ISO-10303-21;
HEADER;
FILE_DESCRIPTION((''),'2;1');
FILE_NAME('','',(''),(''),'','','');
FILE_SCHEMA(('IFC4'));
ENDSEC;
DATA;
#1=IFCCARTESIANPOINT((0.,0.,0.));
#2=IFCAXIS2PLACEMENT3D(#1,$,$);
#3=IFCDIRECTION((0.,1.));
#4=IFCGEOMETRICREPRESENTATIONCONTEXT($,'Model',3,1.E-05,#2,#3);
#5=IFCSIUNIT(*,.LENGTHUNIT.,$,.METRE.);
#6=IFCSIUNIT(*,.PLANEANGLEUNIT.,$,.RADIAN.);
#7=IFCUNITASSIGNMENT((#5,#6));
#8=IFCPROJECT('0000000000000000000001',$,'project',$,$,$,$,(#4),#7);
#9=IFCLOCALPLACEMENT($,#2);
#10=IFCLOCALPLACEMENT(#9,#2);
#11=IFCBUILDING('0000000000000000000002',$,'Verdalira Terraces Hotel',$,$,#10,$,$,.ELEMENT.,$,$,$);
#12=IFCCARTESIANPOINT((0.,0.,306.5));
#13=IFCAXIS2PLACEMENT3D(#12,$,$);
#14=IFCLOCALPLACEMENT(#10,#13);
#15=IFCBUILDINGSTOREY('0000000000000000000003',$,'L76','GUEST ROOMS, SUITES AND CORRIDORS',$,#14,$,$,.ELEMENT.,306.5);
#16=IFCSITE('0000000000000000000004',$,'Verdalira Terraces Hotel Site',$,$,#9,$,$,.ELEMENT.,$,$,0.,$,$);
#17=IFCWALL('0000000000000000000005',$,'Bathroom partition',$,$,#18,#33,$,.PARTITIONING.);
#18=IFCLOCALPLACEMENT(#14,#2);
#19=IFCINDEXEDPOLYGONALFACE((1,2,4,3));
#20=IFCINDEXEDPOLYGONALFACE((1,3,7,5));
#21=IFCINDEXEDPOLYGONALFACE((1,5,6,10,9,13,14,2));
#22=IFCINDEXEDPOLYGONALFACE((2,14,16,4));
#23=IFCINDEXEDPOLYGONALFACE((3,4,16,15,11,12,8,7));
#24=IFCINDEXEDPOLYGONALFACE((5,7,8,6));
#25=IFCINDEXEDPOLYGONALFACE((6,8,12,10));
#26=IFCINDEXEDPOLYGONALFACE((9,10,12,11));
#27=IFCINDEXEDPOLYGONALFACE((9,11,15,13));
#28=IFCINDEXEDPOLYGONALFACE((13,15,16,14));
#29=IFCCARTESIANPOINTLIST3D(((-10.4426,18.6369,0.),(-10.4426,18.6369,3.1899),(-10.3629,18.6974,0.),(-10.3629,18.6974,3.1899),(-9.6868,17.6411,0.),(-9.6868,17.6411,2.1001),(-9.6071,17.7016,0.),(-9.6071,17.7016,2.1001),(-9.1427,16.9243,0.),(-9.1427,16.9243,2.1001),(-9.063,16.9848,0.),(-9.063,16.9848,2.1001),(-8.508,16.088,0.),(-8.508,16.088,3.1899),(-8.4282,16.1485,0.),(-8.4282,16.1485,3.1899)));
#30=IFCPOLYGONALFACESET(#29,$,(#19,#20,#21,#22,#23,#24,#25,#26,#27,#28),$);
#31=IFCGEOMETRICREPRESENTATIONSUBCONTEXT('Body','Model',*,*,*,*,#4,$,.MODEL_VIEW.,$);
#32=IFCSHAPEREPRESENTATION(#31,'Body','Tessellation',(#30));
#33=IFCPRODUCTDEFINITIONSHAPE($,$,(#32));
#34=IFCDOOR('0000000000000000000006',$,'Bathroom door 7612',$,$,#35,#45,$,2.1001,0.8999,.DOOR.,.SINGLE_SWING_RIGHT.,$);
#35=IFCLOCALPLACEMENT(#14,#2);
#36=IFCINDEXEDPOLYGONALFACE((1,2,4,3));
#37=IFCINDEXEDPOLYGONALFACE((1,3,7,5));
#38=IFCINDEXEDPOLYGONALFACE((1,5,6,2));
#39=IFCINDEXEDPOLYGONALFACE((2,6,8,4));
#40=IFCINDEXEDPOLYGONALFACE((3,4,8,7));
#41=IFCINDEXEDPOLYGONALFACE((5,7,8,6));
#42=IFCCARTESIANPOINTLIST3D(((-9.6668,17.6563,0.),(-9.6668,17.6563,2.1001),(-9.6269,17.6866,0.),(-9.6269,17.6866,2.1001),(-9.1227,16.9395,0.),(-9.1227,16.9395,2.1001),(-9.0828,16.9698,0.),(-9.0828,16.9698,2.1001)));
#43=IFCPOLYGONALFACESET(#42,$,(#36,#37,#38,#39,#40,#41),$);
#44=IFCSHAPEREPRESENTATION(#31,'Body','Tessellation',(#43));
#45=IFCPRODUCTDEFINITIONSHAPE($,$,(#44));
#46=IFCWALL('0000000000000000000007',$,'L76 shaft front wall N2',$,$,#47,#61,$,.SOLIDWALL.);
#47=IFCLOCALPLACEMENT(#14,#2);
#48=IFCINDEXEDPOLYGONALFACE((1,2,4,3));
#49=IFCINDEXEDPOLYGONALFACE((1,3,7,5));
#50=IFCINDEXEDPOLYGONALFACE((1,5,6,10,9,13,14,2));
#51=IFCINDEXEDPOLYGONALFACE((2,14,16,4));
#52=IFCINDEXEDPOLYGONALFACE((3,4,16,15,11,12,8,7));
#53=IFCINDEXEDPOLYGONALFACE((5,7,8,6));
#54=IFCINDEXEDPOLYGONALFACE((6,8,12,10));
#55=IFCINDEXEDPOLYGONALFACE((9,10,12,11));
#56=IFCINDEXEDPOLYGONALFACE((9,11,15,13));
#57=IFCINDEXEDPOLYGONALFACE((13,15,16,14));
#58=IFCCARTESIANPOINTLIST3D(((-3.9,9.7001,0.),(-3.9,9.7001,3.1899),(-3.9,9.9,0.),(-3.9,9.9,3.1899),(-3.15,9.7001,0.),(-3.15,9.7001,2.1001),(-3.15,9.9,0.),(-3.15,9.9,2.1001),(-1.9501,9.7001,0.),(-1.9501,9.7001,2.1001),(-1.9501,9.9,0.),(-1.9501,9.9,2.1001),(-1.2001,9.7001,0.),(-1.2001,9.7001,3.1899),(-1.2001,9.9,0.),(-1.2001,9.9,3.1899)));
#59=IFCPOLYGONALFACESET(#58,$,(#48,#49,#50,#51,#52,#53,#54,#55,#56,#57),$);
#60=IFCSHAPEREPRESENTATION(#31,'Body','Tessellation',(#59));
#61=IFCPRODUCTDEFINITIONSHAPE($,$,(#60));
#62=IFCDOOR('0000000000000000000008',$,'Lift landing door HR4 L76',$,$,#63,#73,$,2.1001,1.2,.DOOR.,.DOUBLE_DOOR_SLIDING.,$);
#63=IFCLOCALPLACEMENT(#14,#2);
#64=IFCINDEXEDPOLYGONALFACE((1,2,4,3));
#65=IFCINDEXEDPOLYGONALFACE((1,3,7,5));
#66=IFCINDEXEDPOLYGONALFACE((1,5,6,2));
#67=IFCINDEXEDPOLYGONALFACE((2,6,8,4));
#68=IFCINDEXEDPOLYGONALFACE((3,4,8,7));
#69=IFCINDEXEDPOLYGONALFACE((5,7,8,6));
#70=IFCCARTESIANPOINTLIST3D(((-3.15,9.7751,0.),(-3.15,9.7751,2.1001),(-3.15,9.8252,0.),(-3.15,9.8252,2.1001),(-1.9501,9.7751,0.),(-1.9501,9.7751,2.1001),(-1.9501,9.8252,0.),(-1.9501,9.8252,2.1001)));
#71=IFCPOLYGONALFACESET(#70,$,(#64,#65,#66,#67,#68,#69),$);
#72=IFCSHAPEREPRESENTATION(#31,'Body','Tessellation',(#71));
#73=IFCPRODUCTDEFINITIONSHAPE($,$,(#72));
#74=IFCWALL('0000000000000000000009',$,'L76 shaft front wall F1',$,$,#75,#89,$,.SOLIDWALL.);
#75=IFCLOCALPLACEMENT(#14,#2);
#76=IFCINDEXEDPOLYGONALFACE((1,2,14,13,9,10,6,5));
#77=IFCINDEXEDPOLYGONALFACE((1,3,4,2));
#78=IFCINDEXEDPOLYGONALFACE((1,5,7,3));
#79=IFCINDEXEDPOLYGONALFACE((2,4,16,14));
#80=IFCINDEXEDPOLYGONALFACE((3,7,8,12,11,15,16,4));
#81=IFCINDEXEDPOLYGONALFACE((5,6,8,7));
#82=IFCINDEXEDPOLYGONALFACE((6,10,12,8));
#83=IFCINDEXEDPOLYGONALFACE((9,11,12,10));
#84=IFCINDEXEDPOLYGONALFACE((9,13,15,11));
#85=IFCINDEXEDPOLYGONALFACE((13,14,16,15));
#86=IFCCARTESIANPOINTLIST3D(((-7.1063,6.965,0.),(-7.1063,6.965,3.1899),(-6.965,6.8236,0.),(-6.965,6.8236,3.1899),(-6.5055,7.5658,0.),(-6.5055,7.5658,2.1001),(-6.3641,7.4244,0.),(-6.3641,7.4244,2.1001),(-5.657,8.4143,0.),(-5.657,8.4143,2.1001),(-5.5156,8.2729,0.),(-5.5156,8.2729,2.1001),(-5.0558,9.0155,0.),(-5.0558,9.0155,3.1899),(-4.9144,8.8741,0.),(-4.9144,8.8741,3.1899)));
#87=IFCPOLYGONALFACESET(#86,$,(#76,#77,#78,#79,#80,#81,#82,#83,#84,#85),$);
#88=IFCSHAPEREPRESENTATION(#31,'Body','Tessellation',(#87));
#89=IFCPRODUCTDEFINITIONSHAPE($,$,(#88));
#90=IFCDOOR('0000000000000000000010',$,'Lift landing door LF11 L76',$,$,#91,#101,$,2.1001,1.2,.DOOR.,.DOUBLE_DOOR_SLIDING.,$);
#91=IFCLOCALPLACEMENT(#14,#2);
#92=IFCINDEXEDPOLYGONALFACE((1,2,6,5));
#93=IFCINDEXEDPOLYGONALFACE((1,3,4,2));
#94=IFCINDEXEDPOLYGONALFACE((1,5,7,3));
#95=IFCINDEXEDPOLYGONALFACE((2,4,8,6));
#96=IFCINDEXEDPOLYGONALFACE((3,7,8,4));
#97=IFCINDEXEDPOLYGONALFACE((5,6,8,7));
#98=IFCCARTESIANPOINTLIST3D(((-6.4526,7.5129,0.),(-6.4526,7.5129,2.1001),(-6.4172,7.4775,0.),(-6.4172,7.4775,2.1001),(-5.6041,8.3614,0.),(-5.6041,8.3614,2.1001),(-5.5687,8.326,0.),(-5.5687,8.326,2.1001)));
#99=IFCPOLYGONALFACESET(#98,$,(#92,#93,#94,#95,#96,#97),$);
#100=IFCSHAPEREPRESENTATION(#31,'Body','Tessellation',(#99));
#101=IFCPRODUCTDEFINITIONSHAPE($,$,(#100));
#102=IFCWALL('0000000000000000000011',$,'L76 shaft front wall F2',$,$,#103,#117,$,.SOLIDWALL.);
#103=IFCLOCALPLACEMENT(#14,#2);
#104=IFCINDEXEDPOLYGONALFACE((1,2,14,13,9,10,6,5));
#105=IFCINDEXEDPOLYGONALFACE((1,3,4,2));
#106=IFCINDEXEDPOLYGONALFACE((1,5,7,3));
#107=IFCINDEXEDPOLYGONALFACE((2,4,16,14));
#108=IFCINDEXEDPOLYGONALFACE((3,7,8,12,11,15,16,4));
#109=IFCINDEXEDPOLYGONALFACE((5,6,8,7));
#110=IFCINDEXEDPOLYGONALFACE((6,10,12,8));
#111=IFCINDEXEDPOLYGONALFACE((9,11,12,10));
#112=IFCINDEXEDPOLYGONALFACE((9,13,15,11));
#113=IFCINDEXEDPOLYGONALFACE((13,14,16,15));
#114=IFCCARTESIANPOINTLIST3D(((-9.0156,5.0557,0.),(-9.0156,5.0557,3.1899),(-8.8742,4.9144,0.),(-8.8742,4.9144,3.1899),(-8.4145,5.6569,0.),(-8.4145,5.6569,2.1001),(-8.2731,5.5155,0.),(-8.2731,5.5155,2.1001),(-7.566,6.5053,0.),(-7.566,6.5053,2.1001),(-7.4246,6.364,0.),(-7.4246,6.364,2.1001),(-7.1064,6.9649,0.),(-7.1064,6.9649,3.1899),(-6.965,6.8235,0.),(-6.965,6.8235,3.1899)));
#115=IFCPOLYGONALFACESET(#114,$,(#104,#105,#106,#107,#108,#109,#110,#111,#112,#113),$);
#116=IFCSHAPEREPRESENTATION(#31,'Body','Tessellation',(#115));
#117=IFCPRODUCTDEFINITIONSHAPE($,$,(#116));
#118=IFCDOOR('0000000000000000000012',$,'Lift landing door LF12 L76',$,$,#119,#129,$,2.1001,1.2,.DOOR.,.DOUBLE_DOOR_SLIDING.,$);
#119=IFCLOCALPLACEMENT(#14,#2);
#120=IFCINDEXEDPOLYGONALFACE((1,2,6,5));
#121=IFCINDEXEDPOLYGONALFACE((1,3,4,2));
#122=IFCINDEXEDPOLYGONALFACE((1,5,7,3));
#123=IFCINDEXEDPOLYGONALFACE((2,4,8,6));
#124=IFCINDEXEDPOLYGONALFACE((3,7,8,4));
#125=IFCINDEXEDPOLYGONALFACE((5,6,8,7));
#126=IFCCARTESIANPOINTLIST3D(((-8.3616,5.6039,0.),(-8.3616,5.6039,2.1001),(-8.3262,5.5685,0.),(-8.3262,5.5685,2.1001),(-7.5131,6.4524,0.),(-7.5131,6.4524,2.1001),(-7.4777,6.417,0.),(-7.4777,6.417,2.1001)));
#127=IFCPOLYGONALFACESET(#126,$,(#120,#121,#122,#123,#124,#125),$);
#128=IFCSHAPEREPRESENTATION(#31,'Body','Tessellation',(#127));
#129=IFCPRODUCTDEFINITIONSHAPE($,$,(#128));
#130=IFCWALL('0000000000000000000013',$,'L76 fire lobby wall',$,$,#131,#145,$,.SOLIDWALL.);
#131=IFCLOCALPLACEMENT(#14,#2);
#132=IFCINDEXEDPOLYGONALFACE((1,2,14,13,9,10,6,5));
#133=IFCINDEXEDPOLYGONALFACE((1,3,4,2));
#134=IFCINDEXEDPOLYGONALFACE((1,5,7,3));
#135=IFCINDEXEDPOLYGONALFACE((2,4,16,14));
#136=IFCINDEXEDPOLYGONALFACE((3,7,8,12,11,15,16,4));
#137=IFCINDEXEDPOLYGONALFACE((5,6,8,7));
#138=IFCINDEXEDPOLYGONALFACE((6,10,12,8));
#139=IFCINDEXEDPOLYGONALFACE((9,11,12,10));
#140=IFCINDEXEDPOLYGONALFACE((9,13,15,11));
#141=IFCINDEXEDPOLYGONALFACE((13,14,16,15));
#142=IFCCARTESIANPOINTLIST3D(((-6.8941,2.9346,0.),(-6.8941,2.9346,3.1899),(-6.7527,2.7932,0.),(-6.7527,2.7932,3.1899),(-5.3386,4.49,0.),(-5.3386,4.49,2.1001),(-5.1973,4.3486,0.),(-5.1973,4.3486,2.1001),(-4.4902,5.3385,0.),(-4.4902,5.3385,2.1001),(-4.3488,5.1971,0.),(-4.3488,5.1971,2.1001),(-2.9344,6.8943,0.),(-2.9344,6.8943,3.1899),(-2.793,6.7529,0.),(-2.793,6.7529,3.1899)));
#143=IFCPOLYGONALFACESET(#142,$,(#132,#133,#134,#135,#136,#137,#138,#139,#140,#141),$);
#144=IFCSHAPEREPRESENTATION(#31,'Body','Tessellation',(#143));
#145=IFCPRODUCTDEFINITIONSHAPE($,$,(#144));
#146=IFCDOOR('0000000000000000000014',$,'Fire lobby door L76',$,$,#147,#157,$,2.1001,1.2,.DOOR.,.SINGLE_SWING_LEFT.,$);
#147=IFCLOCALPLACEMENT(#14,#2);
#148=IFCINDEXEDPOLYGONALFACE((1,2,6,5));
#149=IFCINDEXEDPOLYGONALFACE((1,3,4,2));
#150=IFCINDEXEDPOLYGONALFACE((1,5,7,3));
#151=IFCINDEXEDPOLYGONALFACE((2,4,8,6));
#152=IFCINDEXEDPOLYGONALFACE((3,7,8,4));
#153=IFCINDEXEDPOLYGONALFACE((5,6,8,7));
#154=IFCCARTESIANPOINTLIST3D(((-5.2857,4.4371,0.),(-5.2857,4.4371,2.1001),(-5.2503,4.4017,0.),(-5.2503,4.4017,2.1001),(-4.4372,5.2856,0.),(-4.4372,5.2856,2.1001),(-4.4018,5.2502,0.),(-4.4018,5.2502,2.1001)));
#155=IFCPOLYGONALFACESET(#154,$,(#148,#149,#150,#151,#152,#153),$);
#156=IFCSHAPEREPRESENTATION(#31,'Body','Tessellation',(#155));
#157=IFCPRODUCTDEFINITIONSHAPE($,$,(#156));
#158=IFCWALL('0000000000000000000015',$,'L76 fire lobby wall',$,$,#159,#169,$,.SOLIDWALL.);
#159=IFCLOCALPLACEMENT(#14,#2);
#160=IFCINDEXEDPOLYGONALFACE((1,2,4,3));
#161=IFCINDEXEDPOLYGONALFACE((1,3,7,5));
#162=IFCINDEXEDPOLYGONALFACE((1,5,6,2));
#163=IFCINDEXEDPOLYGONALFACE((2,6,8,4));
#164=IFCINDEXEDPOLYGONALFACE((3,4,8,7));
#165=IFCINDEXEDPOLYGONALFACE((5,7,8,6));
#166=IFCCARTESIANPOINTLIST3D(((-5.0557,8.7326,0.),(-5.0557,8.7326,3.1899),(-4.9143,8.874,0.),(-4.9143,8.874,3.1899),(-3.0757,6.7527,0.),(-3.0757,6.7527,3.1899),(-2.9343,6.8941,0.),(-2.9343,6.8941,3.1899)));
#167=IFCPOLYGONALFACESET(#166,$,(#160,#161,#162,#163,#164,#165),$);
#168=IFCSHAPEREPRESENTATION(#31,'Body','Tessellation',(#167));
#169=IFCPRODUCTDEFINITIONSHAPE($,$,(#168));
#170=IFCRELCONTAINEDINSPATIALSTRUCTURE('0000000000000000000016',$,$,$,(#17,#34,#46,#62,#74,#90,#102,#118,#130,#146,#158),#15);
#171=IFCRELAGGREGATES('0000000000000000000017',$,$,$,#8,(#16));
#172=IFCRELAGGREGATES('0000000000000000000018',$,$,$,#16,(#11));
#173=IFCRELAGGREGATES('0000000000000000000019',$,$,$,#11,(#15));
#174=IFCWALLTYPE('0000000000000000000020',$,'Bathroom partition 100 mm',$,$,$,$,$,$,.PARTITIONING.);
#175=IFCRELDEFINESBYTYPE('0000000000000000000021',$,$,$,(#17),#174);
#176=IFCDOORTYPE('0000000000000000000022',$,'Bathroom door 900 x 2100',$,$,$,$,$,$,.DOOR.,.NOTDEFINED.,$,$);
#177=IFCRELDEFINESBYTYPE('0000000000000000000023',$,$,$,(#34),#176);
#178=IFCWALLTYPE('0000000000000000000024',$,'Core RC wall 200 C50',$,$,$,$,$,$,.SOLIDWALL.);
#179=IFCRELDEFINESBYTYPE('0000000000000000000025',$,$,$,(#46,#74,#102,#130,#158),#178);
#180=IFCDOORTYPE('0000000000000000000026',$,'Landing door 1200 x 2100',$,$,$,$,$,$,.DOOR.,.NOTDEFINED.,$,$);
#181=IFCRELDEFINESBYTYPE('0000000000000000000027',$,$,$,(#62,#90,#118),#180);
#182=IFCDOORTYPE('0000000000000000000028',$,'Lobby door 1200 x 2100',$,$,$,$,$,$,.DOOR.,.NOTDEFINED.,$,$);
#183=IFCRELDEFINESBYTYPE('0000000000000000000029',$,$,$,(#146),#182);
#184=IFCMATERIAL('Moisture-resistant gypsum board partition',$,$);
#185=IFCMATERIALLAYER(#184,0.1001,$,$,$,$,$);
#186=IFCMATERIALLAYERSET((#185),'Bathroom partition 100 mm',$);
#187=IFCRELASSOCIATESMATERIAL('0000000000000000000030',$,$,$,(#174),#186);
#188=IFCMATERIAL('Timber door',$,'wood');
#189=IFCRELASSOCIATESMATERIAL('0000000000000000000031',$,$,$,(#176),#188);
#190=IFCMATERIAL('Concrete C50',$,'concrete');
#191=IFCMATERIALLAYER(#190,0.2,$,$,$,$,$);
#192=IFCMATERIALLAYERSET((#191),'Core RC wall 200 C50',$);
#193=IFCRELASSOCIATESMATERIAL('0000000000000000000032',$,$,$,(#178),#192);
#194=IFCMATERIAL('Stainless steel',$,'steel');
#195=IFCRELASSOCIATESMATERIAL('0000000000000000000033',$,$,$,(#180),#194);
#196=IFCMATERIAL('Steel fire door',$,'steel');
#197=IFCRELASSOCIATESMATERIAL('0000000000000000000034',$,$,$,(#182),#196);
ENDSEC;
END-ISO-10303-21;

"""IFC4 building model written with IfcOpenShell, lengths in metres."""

from ifc_helpers import new_model, si_unit, direction, frame, frame_2d, origin, place, context, subcontext, project, spatial, rectangle, extrude, material, layer, layer_set, type_object, element, fill, save


model = new_model("IFC4")

# Units and contexts
model_context = context("Model", 3, precision=1e-05, world=origin(), true_north=direction((0.0, 1.0)))
body_context = subcontext(model_context, "Body", "Model", "MODEL_VIEW")
ifc_project = project(units=[si_unit("LENGTHUNIT", "METRE"), si_unit("PLANEANGLEUNIT", "RADIAN")], contexts=[model_context])

# Site, building, storey
site_placement = place(None, origin())
site = spatial("IfcSite", under=ifc_project, at=site_placement, Name="Verdalira Terraces Hotel Site", CompositionType="ELEMENT", RefElevation=0.0)
building_placement = place(site_placement, origin())
building = spatial("IfcBuilding", under=site, at=building_placement, Name="Verdalira Terraces Hotel", CompositionType="ELEMENT")
storey_placement = place(building_placement, frame((0.0, 0.0, 306.5)))
storey = spatial("IfcBuildingStorey", under=building, at=storey_placement, Name="L76", Description="GUEST ROOMS, SUITES AND CORRIDORS", CompositionType="ELEMENT", Elevation=306.5)

# Walls, openings, doors
ifc_material_1 = material(Name="Moisture-resistant gypsum board partition")
ifc_layer_1 = layer(ifc_material_1, 0.1001)
ifc_layer_set_1 = layer_set([ifc_layer_1], Name="Bathroom partition 100 mm")
wall_type_1 = type_object("IfcWallType", Name="Bathroom partition 100 mm", PredefinedType="PARTITIONING", material=ifc_layer_set_1)
wall_1_placement = place(storey_placement, frame((-8.468, 16.1182, 0.0), z_axis=(0.0, 0.0, 1.0), x_axis=(-0.60458, 0.796544, 0.0)))
wall_1 = element("IfcWall", 1, at=wall_1_placement, inside=storey, type_object=wall_type_1, Name="Bathroom partition", PredefinedType="PARTITIONING", context=body_context, shape_type="SweptSolid", body=[
    extrude(rectangle(XDim=3.2, YDim=0.1001, at=frame_2d((1.6001, 0.0))), origin(), (0.0, 0.0, 1.0), 3.1899),
])
opening_1_placement = place(wall_1_placement, frame((1.05, 0.0, 0.0)))
opening_1 = element("IfcOpeningElement", 2, at=opening_1_placement, cuts=wall_1, PredefinedType="OPENING", context=body_context, shape_type="SweptSolid", body=[
    extrude(rectangle(XDim=0.8999, YDim=2.1001, at=frame_2d((0.45, 1.05))), frame((0.0, 0.0601, 0.0), z_axis=(0.0, -1.0, 0.0), x_axis=(1.0, 0.0, 0.0)), (0.0, 0.0, 1.0), 0.1201),
])
ifc_material_2 = material(Name="Timber door", Category="wood")
door_type_1 = type_object("IfcDoorType", Name="Bathroom door 900 x 2100", OperationType="NOTDEFINED", PredefinedType="DOOR", material=ifc_material_2)
door_1_placement = place(opening_1_placement, origin())
door_1 = element("IfcDoor", 3, at=door_1_placement, inside=storey, type_object=door_type_1, Name="Bathroom door 7612", OperationType="SINGLE_SWING_RIGHT", OverallHeight=2.1001, OverallWidth=0.8999, PredefinedType="DOOR", context=body_context, shape_type="SweptSolid", body=[
    extrude(rectangle(XDim=0.8999, YDim=2.1001, at=frame_2d((0.45, 1.05))), frame((0.0, 0.0249, 0.0), z_axis=(0.0, -1.0, 0.0), x_axis=(1.0, 0.0, 0.0)), (0.0, 0.0, 1.0), 0.05),
])
fill(opening_1, door_1)
ifc_material_3 = material(Name="Concrete C50", Category="concrete")
ifc_layer_2 = layer(ifc_material_3, 0.2)
ifc_layer_set_2 = layer_set([ifc_layer_2], Name="Core RC wall 200 C50")
wall_type_2 = type_object("IfcWallType", Name="Core RC wall 200 C50", PredefinedType="SOLIDWALL", material=ifc_layer_set_2)
wall_2_placement = place(storey_placement, frame((-1.2, 9.8, 0.0), z_axis=(0.0, 0.0, 1.0), x_axis=(-1.0, 0.0, 0.0)))
wall_2 = element("IfcWall", 4, at=wall_2_placement, inside=storey, type_object=wall_type_2, Name="L76 shaft front wall N2", PredefinedType="SOLIDWALL", context=body_context, shape_type="SweptSolid", body=[
    extrude(rectangle(XDim=2.7, YDim=0.2, at=frame_2d((1.3501, 0.0))), origin(), (0.0, 0.0, 1.0), 3.1899),
])
opening_2_placement = place(wall_2_placement, frame((0.75, 0.0, 0.0)))
opening_2 = element("IfcOpeningElement", 5, at=opening_2_placement, cuts=wall_2, PredefinedType="OPENING", context=body_context, shape_type="SweptSolid", body=[
    extrude(rectangle(XDim=1.2, YDim=2.1001, at=frame_2d((0.6001, 1.05))), frame((0.0, 0.1099, 0.0), z_axis=(0.0, -1.0, 0.0), x_axis=(1.0, 0.0, 0.0)), (0.0, 0.0, 1.0), 0.22),
])
ifc_material_4 = material(Name="Stainless steel", Category="steel")
door_type_2 = type_object("IfcDoorType", Name="Landing door 1200 x 2100", OperationType="NOTDEFINED", PredefinedType="DOOR", material=ifc_material_4)
door_2_placement = place(opening_2_placement, origin())
door_2 = element("IfcDoor", 6, at=door_2_placement, inside=storey, type_object=door_type_2, Name="Lift landing door HR4 L76", OperationType="DOUBLE_DOOR_SLIDING", OverallHeight=2.1001, OverallWidth=1.2, PredefinedType="DOOR", context=body_context, shape_type="SweptSolid", body=[
    extrude(rectangle(XDim=1.2, YDim=2.1001, at=frame_2d((0.6001, 1.05))), frame((0.0, 0.0249, 0.0), z_axis=(0.0, -1.0, 0.0), x_axis=(1.0, 0.0, 0.0)), (0.0, 0.0, 1.0), 0.05),
])
fill(opening_2, door_2)
wall_3_placement = place(storey_placement, frame((-4.9851, 8.9448, 0.0), z_axis=(0.0, 0.0, 1.0), x_axis=(-0.707107, -0.707107, 0.0)))
wall_3 = element("IfcWall", 7, at=wall_3_placement, inside=storey, type_object=wall_type_2, Name="L76 shaft front wall F1", PredefinedType="SOLIDWALL", context=body_context, shape_type="SweptSolid", body=[
    extrude(rectangle(XDim=2.8999, YDim=0.2, at=frame_2d((1.45, 0.0))), origin(), (0.0, 0.0, 1.0), 3.1899),
])
opening_3_placement = place(wall_3_placement, frame((0.8501, 0.0, 0.0)))
opening_3 = element("IfcOpeningElement", 8, at=opening_3_placement, cuts=wall_3, PredefinedType="OPENING", context=body_context, shape_type="SweptSolid", body=[
    extrude(rectangle(XDim=1.2, YDim=2.1001, at=frame_2d((0.6001, 1.05))), frame((0.0, 0.1099, 0.0), z_axis=(0.0, -1.0, 0.0), x_axis=(1.0, 0.0, 0.0)), (0.0, 0.0, 1.0), 0.22),
])
door_3_placement = place(opening_3_placement, origin())
door_3 = element("IfcDoor", 9, at=door_3_placement, inside=storey, type_object=door_type_2, Name="Lift landing door LF11 L76", OperationType="DOUBLE_DOOR_SLIDING", OverallHeight=2.1001, OverallWidth=1.2, PredefinedType="DOOR", context=body_context, shape_type="SweptSolid", body=[
    extrude(rectangle(XDim=1.2, YDim=2.1001, at=frame_2d((0.6001, 1.05))), frame((0.0, 0.0249, 0.0), z_axis=(0.0, -1.0, 0.0), x_axis=(1.0, 0.0, 0.0)), (0.0, 0.0, 1.0), 0.05),
])
fill(opening_3, door_3)
wall_4_placement = place(storey_placement, frame((-7.0356, 6.8943, 0.0), z_axis=(0.0, 0.0, 1.0), x_axis=(-0.707107, -0.707107, 0.0)))
wall_4 = element("IfcWall", 10, at=wall_4_placement, inside=storey, type_object=wall_type_2, Name="L76 shaft front wall F2", PredefinedType="SOLIDWALL", context=body_context, shape_type="SweptSolid", body=[
    extrude(rectangle(XDim=2.7, YDim=0.2, at=frame_2d((1.3501, 0.0))), origin(), (0.0, 0.0, 1.0), 3.1899),
])
opening_4_placement = place(wall_4_placement, frame((0.6499, 0.0, 0.0)))
opening_4 = element("IfcOpeningElement", 11, at=opening_4_placement, cuts=wall_4, PredefinedType="OPENING", context=body_context, shape_type="SweptSolid", body=[
    extrude(rectangle(XDim=1.2, YDim=2.1001, at=frame_2d((0.6001, 1.05))), frame((0.0, 0.1099, 0.0), z_axis=(0.0, -1.0, 0.0), x_axis=(1.0, 0.0, 0.0)), (0.0, 0.0, 1.0), 0.22),
])
door_4_placement = place(opening_4_placement, origin())
door_4 = element("IfcDoor", 12, at=door_4_placement, inside=storey, type_object=door_type_2, Name="Lift landing door LF12 L76", OperationType="DOUBLE_DOOR_SLIDING", OverallHeight=2.1001, OverallWidth=1.2, PredefinedType="DOOR", context=body_context, shape_type="SweptSolid", body=[
    extrude(rectangle(XDim=1.2, YDim=2.1001, at=frame_2d((0.6001, 1.05))), frame((0.0, 0.0249, 0.0), z_axis=(0.0, -1.0, 0.0), x_axis=(1.0, 0.0, 0.0)), (0.0, 0.0, 1.0), 0.05),
])
fill(opening_4, door_4)
wall_5_placement = place(storey_placement, frame((-2.8638, 6.8235, 0.0), z_axis=(0.0, 0.0, 1.0), x_axis=(-0.707107, -0.707107, 0.0)))
wall_5 = element("IfcWall", 13, at=wall_5_placement, inside=storey, type_object=wall_type_2, Name="L76 fire lobby wall", PredefinedType="SOLIDWALL", context=body_context, shape_type="SweptSolid", body=[
    extrude(rectangle(XDim=5.5999, YDim=0.2, at=frame_2d((2.7998, 0.0))), origin(), (0.0, 0.0, 1.0), 3.1899),
])
opening_5_placement = place(wall_5_placement, frame((2.2, 0.0, 0.0)))
opening_5 = element("IfcOpeningElement", 14, at=opening_5_placement, cuts=wall_5, PredefinedType="OPENING", context=body_context, shape_type="SweptSolid", body=[
    extrude(rectangle(XDim=1.2, YDim=2.1001, at=frame_2d((0.6001, 1.05))), frame((0.0, 0.1099, 0.0), z_axis=(0.0, -1.0, 0.0), x_axis=(1.0, 0.0, 0.0)), (0.0, 0.0, 1.0), 0.22),
])
ifc_material_5 = material(Name="Steel fire door", Category="steel")
door_type_3 = type_object("IfcDoorType", Name="Lobby door 1200 x 2100", OperationType="NOTDEFINED", PredefinedType="DOOR", material=ifc_material_5)
door_5_placement = place(opening_5_placement, origin())
door_5 = element("IfcDoor", 15, at=door_5_placement, inside=storey, type_object=door_type_3, Name="Fire lobby door L76", OperationType="SINGLE_SWING_LEFT", OverallHeight=2.1001, OverallWidth=1.2, PredefinedType="DOOR", context=body_context, shape_type="SweptSolid", body=[
    extrude(rectangle(XDim=1.2, YDim=2.1001, at=frame_2d((0.6001, 1.05))), frame((0.0, 0.0249, 0.0), z_axis=(0.0, -1.0, 0.0), x_axis=(1.0, 0.0, 0.0)), (0.0, 0.0, 1.0), 0.05),
])
fill(opening_5, door_5)

# Wall
for number, where, z_axis, x_axis, name in (
    (16, (-3.0051, 6.8235, 0.0), (0.0, 0.0, 1.0), (-0.707107, 0.707107, 0.0), "L76 fire lobby wall"),
):
    element("IfcWall", number, at=place(storey_placement, frame(where, z_axis=z_axis, x_axis=x_axis)), inside=storey, type_object=wall_type_2, Name=name, PredefinedType="SOLIDWALL", context=body_context, shape_type="SweptSolid", body=[
        extrude(rectangle(XDim=2.8, YDim=0.2, at=frame_2d((1.3999, 0.0))), origin(), (0.0, 0.0, 1.0), 3.1899),
    ])

save(model, "model.ifc")
